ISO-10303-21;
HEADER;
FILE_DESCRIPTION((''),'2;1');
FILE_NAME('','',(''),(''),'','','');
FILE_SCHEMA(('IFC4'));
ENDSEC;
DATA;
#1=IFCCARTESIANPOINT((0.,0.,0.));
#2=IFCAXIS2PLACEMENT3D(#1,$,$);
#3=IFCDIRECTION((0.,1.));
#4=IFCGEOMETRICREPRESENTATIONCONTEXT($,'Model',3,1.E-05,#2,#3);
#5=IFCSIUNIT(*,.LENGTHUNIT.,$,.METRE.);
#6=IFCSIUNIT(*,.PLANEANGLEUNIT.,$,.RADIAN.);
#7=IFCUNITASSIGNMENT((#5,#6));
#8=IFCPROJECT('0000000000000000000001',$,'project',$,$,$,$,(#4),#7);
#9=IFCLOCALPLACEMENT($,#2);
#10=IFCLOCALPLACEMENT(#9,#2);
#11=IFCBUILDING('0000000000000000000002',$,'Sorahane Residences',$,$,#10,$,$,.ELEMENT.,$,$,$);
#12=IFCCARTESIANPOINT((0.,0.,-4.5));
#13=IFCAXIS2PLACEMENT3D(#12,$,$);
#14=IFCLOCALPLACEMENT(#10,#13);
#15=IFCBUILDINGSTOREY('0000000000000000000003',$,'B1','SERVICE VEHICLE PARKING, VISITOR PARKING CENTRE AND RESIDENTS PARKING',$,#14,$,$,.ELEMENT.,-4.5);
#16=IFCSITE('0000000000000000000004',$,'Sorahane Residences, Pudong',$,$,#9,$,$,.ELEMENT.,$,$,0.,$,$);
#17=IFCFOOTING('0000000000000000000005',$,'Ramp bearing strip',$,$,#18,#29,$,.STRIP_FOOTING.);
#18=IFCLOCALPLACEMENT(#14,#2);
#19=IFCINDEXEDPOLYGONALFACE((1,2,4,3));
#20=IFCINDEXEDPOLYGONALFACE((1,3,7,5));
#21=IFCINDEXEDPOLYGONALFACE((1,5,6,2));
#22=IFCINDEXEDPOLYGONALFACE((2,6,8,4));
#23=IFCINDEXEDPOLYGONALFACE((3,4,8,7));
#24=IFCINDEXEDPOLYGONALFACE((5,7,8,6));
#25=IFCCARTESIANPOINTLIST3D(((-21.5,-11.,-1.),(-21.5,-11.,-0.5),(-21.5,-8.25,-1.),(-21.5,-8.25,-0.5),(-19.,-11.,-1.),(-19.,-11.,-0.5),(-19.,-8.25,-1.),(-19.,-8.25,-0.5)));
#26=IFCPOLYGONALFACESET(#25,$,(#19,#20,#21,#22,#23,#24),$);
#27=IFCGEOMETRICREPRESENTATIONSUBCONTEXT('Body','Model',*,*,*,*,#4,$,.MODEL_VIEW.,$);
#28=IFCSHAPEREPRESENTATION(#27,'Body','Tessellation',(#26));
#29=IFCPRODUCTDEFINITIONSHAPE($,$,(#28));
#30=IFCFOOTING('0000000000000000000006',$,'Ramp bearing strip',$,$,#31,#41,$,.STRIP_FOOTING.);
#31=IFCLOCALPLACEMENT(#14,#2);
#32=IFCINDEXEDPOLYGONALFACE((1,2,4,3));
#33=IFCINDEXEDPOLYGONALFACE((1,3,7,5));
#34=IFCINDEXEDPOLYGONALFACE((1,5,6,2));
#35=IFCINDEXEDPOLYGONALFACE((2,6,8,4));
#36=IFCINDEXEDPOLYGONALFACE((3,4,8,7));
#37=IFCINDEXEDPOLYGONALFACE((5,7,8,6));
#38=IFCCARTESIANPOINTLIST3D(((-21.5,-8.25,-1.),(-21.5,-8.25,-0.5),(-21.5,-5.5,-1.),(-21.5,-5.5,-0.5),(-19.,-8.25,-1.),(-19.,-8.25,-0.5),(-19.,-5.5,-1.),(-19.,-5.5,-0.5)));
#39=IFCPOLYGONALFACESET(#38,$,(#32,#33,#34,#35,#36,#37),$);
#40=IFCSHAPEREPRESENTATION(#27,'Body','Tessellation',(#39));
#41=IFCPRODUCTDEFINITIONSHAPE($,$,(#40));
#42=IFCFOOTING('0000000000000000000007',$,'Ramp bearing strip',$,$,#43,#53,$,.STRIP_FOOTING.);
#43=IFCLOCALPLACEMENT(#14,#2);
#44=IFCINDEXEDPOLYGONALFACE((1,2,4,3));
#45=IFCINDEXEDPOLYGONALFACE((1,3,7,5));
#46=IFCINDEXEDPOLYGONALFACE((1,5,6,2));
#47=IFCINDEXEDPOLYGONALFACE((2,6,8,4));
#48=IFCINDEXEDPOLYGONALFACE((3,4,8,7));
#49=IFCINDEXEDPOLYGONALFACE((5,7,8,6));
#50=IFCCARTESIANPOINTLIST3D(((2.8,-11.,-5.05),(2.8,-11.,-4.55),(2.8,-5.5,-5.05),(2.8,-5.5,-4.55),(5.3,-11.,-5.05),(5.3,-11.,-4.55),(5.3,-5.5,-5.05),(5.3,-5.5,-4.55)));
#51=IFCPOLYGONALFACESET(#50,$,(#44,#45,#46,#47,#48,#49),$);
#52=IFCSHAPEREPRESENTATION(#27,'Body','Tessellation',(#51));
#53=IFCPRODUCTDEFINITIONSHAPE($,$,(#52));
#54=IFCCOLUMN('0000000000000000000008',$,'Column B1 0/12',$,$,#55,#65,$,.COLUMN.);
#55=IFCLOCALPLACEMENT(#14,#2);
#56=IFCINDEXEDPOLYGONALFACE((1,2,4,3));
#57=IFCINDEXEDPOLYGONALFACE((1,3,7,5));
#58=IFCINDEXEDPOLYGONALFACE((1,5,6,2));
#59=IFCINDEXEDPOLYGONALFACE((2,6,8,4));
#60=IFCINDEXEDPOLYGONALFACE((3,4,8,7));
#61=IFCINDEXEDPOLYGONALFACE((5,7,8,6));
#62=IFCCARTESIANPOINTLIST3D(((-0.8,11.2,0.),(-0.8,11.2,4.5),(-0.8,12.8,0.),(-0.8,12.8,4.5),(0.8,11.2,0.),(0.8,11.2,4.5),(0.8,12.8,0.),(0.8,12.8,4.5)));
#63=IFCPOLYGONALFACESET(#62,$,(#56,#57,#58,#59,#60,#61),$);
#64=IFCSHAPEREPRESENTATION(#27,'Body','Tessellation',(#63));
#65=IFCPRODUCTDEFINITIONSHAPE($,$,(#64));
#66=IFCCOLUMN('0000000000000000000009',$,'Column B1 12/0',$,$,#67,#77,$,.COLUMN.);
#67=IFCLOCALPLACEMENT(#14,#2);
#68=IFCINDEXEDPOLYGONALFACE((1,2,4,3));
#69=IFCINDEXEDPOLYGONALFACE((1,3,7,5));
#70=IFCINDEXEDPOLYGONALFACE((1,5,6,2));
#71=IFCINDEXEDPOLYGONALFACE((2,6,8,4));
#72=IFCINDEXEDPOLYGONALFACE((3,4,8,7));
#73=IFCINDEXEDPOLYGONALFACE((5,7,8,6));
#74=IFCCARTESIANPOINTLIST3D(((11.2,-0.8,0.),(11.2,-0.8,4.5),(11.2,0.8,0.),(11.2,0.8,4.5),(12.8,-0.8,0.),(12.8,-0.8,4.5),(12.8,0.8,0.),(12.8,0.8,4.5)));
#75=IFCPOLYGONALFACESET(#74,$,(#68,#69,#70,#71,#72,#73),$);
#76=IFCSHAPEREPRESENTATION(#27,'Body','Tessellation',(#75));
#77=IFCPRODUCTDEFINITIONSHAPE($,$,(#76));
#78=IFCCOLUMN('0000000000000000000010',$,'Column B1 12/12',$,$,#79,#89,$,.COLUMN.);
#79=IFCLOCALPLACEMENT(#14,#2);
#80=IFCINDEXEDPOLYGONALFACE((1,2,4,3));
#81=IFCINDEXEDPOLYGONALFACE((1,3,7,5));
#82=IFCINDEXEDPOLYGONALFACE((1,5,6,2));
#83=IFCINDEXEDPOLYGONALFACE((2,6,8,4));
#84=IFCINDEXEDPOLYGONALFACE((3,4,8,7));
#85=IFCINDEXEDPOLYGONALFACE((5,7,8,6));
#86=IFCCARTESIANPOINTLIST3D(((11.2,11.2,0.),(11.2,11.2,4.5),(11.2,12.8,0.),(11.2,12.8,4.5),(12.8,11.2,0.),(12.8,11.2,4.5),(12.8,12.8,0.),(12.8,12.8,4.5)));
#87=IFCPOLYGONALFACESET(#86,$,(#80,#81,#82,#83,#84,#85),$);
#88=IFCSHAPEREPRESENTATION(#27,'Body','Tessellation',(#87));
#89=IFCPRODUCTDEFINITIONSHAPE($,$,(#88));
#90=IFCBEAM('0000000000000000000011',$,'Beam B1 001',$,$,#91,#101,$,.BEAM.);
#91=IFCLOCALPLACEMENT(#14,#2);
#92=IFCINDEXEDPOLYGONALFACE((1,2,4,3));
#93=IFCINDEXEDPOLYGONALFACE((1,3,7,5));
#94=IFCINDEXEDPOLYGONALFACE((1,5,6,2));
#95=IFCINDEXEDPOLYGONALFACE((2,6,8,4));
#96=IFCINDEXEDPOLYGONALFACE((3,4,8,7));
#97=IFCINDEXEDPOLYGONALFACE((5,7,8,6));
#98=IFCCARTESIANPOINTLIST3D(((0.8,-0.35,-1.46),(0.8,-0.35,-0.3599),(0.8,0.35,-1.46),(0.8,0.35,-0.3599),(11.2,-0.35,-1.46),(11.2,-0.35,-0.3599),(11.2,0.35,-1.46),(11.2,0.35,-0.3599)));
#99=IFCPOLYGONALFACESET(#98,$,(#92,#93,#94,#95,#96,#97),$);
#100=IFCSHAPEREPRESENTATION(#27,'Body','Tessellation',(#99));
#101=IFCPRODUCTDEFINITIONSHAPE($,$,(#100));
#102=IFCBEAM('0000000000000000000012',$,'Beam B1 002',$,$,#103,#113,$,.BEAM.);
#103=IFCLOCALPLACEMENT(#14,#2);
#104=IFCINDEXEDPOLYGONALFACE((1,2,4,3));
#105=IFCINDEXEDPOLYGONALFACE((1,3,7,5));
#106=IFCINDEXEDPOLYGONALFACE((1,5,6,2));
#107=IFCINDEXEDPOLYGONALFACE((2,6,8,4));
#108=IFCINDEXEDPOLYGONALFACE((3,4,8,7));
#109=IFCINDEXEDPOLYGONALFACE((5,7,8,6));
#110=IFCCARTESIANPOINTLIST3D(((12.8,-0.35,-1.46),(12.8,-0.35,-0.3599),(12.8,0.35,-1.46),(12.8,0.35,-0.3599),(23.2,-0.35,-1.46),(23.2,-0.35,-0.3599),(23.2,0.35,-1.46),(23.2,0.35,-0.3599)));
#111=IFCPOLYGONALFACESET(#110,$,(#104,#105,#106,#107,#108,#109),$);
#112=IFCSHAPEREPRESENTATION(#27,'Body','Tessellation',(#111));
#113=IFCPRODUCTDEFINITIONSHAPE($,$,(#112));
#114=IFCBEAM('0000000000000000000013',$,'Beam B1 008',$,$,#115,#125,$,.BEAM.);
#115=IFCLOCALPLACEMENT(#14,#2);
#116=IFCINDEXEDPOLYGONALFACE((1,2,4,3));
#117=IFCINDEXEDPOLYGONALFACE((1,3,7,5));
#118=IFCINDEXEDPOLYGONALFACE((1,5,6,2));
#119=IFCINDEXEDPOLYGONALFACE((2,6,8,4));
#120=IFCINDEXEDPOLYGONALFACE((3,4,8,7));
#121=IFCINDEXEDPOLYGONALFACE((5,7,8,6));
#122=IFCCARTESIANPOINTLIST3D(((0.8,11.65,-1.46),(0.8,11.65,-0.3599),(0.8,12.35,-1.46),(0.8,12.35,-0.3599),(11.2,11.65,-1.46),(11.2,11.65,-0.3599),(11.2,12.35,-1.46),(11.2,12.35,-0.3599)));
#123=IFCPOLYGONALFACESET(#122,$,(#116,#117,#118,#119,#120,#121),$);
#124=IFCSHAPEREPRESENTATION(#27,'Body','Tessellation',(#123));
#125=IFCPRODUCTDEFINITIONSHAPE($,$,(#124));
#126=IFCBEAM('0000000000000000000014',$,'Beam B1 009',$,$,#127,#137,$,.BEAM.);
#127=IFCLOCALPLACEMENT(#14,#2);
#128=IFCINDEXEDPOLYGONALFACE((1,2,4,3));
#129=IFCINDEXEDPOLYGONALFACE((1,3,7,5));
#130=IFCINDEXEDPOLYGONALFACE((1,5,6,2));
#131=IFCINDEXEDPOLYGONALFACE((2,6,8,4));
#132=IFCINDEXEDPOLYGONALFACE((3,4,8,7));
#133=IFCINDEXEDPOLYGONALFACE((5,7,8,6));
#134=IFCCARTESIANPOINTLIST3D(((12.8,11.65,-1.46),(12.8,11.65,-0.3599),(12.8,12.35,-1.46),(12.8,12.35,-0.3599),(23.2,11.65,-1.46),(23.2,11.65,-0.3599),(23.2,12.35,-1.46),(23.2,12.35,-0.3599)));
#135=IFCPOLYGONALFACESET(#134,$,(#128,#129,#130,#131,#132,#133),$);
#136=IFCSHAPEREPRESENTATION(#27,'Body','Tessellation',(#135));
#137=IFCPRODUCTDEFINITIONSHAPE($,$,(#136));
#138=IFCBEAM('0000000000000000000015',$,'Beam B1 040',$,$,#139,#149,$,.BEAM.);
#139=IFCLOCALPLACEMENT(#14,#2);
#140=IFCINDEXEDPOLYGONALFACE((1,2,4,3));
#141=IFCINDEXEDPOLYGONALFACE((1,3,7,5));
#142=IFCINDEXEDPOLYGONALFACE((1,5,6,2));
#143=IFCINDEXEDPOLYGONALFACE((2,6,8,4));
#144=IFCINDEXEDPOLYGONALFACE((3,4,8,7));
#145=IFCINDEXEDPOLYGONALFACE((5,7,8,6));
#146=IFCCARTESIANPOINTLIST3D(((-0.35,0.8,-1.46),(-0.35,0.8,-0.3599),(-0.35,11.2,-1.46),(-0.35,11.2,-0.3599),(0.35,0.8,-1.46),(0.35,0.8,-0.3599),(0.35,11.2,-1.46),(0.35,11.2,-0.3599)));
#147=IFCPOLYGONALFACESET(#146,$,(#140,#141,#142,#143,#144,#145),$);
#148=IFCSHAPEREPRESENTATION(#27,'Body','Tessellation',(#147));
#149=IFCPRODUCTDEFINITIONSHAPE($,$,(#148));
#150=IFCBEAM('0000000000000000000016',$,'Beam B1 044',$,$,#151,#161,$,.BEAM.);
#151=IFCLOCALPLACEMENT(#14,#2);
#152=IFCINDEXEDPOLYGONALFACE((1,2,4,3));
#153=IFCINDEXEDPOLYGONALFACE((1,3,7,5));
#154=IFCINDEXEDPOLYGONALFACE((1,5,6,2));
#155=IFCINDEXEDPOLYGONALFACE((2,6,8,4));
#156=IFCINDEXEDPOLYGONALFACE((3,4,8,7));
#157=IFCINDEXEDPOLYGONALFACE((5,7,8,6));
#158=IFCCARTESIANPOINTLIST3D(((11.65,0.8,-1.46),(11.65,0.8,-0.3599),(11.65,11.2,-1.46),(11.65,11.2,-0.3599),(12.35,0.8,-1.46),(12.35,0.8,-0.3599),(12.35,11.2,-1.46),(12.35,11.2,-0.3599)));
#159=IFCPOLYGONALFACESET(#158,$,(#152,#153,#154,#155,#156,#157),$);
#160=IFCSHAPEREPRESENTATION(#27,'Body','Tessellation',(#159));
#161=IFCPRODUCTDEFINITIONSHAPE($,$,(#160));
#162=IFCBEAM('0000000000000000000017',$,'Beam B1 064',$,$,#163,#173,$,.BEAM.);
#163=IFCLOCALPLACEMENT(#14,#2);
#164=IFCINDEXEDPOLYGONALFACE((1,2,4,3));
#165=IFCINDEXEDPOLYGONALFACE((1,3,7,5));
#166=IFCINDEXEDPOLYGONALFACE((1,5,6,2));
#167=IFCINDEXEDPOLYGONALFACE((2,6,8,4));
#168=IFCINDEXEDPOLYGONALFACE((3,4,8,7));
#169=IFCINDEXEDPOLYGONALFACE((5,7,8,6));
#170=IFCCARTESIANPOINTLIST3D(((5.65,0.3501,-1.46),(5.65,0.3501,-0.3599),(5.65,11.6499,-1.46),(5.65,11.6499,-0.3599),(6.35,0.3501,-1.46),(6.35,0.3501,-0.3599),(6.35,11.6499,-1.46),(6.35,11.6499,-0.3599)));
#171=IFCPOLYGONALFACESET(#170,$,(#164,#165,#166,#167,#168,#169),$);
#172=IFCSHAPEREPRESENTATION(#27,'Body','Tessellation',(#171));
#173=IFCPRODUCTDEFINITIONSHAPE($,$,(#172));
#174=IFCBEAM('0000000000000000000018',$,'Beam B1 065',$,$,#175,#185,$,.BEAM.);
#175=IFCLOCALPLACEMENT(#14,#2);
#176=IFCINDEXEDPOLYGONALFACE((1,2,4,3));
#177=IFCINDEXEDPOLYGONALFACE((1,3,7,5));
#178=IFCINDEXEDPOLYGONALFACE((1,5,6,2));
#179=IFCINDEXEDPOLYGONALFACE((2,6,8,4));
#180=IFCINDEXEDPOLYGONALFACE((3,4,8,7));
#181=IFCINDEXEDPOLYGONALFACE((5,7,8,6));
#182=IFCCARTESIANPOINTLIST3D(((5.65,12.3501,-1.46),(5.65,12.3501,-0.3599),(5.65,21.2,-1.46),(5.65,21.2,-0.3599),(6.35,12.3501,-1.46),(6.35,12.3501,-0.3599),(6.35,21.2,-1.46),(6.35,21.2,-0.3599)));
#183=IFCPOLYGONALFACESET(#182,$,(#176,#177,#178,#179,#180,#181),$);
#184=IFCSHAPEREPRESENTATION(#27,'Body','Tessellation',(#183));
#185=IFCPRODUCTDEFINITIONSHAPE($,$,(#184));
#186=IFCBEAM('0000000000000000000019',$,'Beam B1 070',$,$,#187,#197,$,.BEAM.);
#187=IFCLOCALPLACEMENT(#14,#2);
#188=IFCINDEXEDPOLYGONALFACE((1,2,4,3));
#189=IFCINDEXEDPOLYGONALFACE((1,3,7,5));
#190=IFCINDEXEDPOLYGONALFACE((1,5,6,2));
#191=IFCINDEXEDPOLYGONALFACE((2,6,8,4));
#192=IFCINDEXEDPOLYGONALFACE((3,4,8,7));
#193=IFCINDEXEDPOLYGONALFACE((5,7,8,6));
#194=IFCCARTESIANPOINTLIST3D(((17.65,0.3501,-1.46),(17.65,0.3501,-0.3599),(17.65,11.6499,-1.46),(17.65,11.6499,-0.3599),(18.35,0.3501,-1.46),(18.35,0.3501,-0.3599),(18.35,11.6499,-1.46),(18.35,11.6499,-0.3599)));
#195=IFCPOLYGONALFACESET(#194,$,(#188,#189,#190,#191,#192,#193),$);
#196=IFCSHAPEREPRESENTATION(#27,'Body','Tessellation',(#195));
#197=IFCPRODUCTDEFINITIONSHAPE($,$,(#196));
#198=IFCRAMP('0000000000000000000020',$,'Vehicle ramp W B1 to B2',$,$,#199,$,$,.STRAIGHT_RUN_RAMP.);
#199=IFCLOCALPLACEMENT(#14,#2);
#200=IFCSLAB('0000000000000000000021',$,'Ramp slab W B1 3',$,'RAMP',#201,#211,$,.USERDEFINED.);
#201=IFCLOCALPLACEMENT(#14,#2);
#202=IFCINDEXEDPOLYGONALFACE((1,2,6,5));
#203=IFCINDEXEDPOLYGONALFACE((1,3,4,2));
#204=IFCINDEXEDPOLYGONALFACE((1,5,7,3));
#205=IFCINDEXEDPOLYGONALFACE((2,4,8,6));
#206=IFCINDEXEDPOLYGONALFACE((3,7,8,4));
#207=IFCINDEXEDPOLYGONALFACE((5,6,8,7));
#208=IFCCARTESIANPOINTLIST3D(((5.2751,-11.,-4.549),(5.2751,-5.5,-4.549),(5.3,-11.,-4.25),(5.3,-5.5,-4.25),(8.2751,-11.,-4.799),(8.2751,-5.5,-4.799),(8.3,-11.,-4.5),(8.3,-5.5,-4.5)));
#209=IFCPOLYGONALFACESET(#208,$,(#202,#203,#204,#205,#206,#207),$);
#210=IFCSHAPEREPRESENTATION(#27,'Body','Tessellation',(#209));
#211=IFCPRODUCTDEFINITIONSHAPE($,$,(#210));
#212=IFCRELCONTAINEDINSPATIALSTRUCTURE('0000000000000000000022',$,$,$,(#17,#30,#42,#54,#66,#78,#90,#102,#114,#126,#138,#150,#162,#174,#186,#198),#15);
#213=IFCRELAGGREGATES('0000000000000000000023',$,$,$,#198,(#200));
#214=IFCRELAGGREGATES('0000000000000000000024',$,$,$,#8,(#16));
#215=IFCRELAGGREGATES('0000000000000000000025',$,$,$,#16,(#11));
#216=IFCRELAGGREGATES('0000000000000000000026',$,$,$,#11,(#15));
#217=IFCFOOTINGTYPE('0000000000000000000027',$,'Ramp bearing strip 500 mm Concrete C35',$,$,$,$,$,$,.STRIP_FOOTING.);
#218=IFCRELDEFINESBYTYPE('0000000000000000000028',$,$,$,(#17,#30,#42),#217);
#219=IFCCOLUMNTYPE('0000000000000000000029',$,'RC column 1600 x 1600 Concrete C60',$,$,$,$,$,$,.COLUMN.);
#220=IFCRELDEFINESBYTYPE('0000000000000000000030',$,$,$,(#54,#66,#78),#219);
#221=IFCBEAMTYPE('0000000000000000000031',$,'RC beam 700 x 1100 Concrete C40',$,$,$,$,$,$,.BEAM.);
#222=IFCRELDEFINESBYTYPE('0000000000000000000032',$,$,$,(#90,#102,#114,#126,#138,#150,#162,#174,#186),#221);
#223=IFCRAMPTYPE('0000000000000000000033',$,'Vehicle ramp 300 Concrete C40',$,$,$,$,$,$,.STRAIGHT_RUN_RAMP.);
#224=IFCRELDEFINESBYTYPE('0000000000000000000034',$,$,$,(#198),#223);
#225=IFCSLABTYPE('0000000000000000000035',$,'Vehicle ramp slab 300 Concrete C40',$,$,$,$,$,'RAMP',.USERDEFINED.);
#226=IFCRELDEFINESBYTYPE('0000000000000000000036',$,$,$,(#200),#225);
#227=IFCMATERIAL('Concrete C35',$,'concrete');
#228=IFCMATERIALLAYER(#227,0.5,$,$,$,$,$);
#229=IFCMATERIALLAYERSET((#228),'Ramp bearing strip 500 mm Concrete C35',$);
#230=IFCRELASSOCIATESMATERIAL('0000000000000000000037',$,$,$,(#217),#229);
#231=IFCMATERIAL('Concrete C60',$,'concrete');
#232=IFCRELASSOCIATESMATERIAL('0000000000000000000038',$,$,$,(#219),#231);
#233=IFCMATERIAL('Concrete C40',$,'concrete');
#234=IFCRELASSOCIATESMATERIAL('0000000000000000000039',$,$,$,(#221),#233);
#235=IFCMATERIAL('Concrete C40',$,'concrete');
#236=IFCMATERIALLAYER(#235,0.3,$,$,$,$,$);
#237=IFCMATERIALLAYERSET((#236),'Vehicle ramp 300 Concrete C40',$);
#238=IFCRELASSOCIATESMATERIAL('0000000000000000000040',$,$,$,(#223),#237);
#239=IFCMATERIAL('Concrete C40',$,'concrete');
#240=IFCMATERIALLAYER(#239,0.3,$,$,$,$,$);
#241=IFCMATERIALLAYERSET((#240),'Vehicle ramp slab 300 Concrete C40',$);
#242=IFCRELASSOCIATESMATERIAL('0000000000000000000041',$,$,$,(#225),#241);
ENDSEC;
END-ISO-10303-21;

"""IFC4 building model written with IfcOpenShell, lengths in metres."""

from ifc_helpers import new_model, si_unit, direction, frame, origin, origin_2d, place, context, subcontext, project, spatial, polyline, rectangle, outline, extrude, material, layer, layer_set, material_profile, profile_set, type_object, element, aggregate, save


model = new_model("IFC4")

# Units and contexts
model_context = context("Model", 3, precision=1e-05, world=origin(), true_north=direction((0.0, 1.0)))
body_context = subcontext(model_context, "Body", "Model", "MODEL_VIEW")
ifc_project = project(units=[si_unit("LENGTHUNIT", "METRE"), si_unit("PLANEANGLEUNIT", "RADIAN")], contexts=[model_context])

# Site, building, storey
site_placement = place(None, origin())
site = spatial("IfcSite", under=ifc_project, at=site_placement, Name="Sorahane Residences, Pudong", CompositionType="ELEMENT", RefElevation=0.0)
building_placement = place(site_placement, origin())
building = spatial("IfcBuilding", under=site, at=building_placement, Name="Sorahane Residences", CompositionType="ELEMENT")
storey_placement = place(building_placement, frame((0.0, 0.0, -4.5)))
storey = spatial("IfcBuildingStorey", under=building, at=storey_placement, Name="B1", Description="SERVICE VEHICLE PARKING, VISITOR PARKING CENTRE AND RESIDENTS PARKING", CompositionType="ELEMENT", Elevation=-4.5)

# Footings
ifc_material_1 = material(Name="Concrete C35", Category="concrete")
ifc_layer_1 = layer(ifc_material_1, 0.5)
ifc_layer_set_1 = layer_set([ifc_layer_1], Name="Ramp bearing strip 500 mm Concrete C35")
footing_type = type_object("IfcFootingType", Name="Ramp bearing strip 500 mm Concrete C35", PredefinedType="STRIP_FOOTING", material=ifc_layer_set_1)
footing_1_placement = place(storey_placement, frame((0.0, 0.0, -1.0)))
element("IfcFooting", 1, at=footing_1_placement, inside=storey, type_object=footing_type, Name="Ramp bearing strip", PredefinedType="STRIP_FOOTING", context=body_context, shape_type="SweptSolid", body=[
    extrude(outline(polyline([(-21.5, -11.0), (-19.0, -11.0), (-19.0, -8.25), (-21.5, -8.25), (-21.5, -11.0)])), origin(), (0.0, 0.0, 1.0), 0.5),
])
footing_2_placement = place(storey_placement, frame((0.0, 0.0, -1.0)))
element("IfcFooting", 2, at=footing_2_placement, inside=storey, type_object=footing_type, Name="Ramp bearing strip", PredefinedType="STRIP_FOOTING", context=body_context, shape_type="SweptSolid", body=[
    extrude(outline(polyline([(-21.5, -8.25), (-19.0, -8.25), (-19.0, -5.5), (-21.5, -5.5), (-21.5, -8.25)])), origin(), (0.0, 0.0, 1.0), 0.5),
])
footing_3_placement = place(storey_placement, frame((0.0, 0.0, -5.05)))
element("IfcFooting", 3, at=footing_3_placement, inside=storey, type_object=footing_type, Name="Ramp bearing strip", PredefinedType="STRIP_FOOTING", context=body_context, shape_type="SweptSolid", body=[
    extrude(outline(polyline([(2.8, -11.0), (5.3, -11.0), (5.3, -5.5), (2.8, -5.5), (2.8, -11.0)])), origin(), (0.0, 0.0, 1.0), 0.5),
])

# Columns
ifc_material_2 = material(Name="Concrete C60", Category="concrete")
ifc_material_profile_1 = material_profile(ifc_material_2, rectangle(XDim=1.6001, YDim=1.6001, at=origin_2d()), Name="1600x1600")
ifc_profile_set_1 = profile_set([ifc_material_profile_1], Name="Concrete C60")
column_type = type_object("IfcColumnType", Name="RC column 1600 x 1600 Concrete C60", PredefinedType="COLUMN", material=ifc_profile_set_1)
for number, where, z_axis, x_axis, name in (
    (4, (0.0, 12.0, 0.0), (0.0, 0.0, 1.0), (1.0, 0.0, 0.0), "Column B1 0/12"),
    (5, (12.0, 0.0, 0.0), (0.0, 0.0, 1.0), (1.0, 0.0, 0.0), "Column B1 12/0"),
    (6, (12.0, 12.0, 0.0), (0.0, 0.0, 1.0), (1.0, 0.0, 0.0), "Column B1 12/12"),
):
    element("IfcColumn", number, at=place(storey_placement, frame(where, z_axis=z_axis, x_axis=x_axis)), inside=storey, type_object=column_type, Name=name, PredefinedType="COLUMN", context=body_context, shape_type="SweptSolid", body=[
        extrude(rectangle(XDim=1.6001, YDim=1.6001, at=origin_2d()), origin(), (0.0, 0.0, 1.0), 4.5),
    ])

# Beams
ifc_material_3 = material(Name="Concrete C40", Category="concrete")
ifc_material_profile_2 = material_profile(ifc_material_3, rectangle(XDim=0.7, YDim=1.1001, at=origin_2d()), Name="700x1100")
ifc_profile_set_2 = profile_set([ifc_material_profile_2], Name="Concrete C40")
beam_type = type_object("IfcBeamType", Name="RC beam 700 x 1100 Concrete C40", PredefinedType="BEAM", material=ifc_profile_set_2)
for number, where, z_axis, x_axis, name in (
    (7, (0.8, 0.0, -0.9099), (1.0, 0.0, 0.0), (0.0, 1.0, 0.0), "Beam B1 001"),
    (8, (12.8, 0.0, -0.9099), (1.0, 0.0, 0.0), (0.0, 1.0, 0.0), "Beam B1 002"),
    (9, (0.8, 12.0, -0.9099), (1.0, 0.0, 0.0), (0.0, 1.0, 0.0), "Beam B1 008"),
    (10, (12.8, 12.0, -0.9099), (1.0, 0.0, 0.0), (0.0, 1.0, 0.0), "Beam B1 009"),
    (11, (0.0, 0.8, -0.9099), (0.0, 1.0, 0.0), (-1.0, 0.0, 0.0), "Beam B1 040"),
    (12, (12.0, 0.8, -0.9099), (0.0, 1.0, 0.0), (-1.0, 0.0, 0.0), "Beam B1 044"),
):
    element("IfcBeam", number, at=place(storey_placement, frame(where, z_axis=z_axis, x_axis=x_axis)), inside=storey, type_object=beam_type, Name=name, PredefinedType="BEAM", context=body_context, shape_type="SweptSolid", body=[
        extrude(rectangle(XDim=0.7, YDim=1.1001, at=origin_2d()), origin(), (0.0, 0.0, 1.0), 10.3999),
    ])
beam_1_placement = place(storey_placement, frame((6.0, 0.3501, -0.9099), z_axis=(0.0, 1.0, 0.0), x_axis=(-1.0, 0.0, 0.0)))
element("IfcBeam", 13, at=beam_1_placement, inside=storey, type_object=beam_type, Name="Beam B1 064", PredefinedType="BEAM", context=body_context, shape_type="SweptSolid", body=[
    extrude(rectangle(XDim=0.7, YDim=1.1001, at=origin_2d()), origin(), (0.0, 0.0, 1.0), 11.2998),
])
beam_2_placement = place(storey_placement, frame((6.0, 12.3501, -0.9099), z_axis=(0.0, 1.0, 0.0), x_axis=(-1.0, 0.0, 0.0)))
element("IfcBeam", 14, at=beam_2_placement, inside=storey, type_object=beam_type, Name="Beam B1 065", PredefinedType="BEAM", context=body_context, shape_type="SweptSolid", body=[
    extrude(rectangle(XDim=0.7, YDim=1.1001, at=origin_2d()), origin(), (0.0, 0.0, 1.0), 8.8499),
])
beam_3_placement = place(storey_placement, frame((18.0, 0.3501, -0.9099), z_axis=(0.0, 1.0, 0.0), x_axis=(-1.0, 0.0, 0.0)))
element("IfcBeam", 15, at=beam_3_placement, inside=storey, type_object=beam_type, Name="Beam B1 070", PredefinedType="BEAM", context=body_context, shape_type="SweptSolid", body=[
    extrude(rectangle(XDim=0.7, YDim=1.1001, at=origin_2d()), origin(), (0.0, 0.0, 1.0), 11.2998),
])

# Ramp, slab
ifc_material_4 = material(Name="Concrete C40", Category="concrete")
ifc_layer_2 = layer(ifc_material_4, 0.3)
ifc_layer_set_2 = layer_set([ifc_layer_2], Name="Vehicle ramp 300 Concrete C40")
ramp_type = type_object("IfcRampType", Name="Vehicle ramp 300 Concrete C40", PredefinedType="STRAIGHT_RUN_RAMP", material=ifc_layer_set_2)
ramp_placement = place(storey_placement, origin())
ramp = element("IfcRamp", 16, at=ramp_placement, inside=storey, type_object=ramp_type, Name="Vehicle ramp W B1 to B2", PredefinedType="STRAIGHT_RUN_RAMP")
ifc_material_5 = material(Name="Concrete C40", Category="concrete")
ifc_layer_3 = layer(ifc_material_5, 0.3)
ifc_layer_set_3 = layer_set([ifc_layer_3], Name="Vehicle ramp slab 300 Concrete C40")
slab_type = type_object("IfcSlabType", Name="Vehicle ramp slab 300 Concrete C40", ElementType="RAMP", PredefinedType="USERDEFINED", material=ifc_layer_set_3)
slab_placement = place(storey_placement, frame((5.3, -11.0, -4.25), z_axis=(0.083045, 0.0, 0.996546), x_axis=(0.996546, 0.0, -0.083045)))
slab = element("IfcSlab", 17, at=slab_placement, type_object=slab_type, Name="Ramp slab W B1 3", ObjectType="RAMP", PredefinedType="USERDEFINED", context=body_context, shape_type="SweptSolid", body=[
    extrude(outline(polyline([(0.0, 0.0), (3.0104, 0.0), (3.0104, 5.5), (0.0, 5.5), (0.0, 0.0)])), origin(), (0.0, 0.0, -1.0), 0.3),
])
aggregate(ramp, [slab])

save(model, "model.ifc")
